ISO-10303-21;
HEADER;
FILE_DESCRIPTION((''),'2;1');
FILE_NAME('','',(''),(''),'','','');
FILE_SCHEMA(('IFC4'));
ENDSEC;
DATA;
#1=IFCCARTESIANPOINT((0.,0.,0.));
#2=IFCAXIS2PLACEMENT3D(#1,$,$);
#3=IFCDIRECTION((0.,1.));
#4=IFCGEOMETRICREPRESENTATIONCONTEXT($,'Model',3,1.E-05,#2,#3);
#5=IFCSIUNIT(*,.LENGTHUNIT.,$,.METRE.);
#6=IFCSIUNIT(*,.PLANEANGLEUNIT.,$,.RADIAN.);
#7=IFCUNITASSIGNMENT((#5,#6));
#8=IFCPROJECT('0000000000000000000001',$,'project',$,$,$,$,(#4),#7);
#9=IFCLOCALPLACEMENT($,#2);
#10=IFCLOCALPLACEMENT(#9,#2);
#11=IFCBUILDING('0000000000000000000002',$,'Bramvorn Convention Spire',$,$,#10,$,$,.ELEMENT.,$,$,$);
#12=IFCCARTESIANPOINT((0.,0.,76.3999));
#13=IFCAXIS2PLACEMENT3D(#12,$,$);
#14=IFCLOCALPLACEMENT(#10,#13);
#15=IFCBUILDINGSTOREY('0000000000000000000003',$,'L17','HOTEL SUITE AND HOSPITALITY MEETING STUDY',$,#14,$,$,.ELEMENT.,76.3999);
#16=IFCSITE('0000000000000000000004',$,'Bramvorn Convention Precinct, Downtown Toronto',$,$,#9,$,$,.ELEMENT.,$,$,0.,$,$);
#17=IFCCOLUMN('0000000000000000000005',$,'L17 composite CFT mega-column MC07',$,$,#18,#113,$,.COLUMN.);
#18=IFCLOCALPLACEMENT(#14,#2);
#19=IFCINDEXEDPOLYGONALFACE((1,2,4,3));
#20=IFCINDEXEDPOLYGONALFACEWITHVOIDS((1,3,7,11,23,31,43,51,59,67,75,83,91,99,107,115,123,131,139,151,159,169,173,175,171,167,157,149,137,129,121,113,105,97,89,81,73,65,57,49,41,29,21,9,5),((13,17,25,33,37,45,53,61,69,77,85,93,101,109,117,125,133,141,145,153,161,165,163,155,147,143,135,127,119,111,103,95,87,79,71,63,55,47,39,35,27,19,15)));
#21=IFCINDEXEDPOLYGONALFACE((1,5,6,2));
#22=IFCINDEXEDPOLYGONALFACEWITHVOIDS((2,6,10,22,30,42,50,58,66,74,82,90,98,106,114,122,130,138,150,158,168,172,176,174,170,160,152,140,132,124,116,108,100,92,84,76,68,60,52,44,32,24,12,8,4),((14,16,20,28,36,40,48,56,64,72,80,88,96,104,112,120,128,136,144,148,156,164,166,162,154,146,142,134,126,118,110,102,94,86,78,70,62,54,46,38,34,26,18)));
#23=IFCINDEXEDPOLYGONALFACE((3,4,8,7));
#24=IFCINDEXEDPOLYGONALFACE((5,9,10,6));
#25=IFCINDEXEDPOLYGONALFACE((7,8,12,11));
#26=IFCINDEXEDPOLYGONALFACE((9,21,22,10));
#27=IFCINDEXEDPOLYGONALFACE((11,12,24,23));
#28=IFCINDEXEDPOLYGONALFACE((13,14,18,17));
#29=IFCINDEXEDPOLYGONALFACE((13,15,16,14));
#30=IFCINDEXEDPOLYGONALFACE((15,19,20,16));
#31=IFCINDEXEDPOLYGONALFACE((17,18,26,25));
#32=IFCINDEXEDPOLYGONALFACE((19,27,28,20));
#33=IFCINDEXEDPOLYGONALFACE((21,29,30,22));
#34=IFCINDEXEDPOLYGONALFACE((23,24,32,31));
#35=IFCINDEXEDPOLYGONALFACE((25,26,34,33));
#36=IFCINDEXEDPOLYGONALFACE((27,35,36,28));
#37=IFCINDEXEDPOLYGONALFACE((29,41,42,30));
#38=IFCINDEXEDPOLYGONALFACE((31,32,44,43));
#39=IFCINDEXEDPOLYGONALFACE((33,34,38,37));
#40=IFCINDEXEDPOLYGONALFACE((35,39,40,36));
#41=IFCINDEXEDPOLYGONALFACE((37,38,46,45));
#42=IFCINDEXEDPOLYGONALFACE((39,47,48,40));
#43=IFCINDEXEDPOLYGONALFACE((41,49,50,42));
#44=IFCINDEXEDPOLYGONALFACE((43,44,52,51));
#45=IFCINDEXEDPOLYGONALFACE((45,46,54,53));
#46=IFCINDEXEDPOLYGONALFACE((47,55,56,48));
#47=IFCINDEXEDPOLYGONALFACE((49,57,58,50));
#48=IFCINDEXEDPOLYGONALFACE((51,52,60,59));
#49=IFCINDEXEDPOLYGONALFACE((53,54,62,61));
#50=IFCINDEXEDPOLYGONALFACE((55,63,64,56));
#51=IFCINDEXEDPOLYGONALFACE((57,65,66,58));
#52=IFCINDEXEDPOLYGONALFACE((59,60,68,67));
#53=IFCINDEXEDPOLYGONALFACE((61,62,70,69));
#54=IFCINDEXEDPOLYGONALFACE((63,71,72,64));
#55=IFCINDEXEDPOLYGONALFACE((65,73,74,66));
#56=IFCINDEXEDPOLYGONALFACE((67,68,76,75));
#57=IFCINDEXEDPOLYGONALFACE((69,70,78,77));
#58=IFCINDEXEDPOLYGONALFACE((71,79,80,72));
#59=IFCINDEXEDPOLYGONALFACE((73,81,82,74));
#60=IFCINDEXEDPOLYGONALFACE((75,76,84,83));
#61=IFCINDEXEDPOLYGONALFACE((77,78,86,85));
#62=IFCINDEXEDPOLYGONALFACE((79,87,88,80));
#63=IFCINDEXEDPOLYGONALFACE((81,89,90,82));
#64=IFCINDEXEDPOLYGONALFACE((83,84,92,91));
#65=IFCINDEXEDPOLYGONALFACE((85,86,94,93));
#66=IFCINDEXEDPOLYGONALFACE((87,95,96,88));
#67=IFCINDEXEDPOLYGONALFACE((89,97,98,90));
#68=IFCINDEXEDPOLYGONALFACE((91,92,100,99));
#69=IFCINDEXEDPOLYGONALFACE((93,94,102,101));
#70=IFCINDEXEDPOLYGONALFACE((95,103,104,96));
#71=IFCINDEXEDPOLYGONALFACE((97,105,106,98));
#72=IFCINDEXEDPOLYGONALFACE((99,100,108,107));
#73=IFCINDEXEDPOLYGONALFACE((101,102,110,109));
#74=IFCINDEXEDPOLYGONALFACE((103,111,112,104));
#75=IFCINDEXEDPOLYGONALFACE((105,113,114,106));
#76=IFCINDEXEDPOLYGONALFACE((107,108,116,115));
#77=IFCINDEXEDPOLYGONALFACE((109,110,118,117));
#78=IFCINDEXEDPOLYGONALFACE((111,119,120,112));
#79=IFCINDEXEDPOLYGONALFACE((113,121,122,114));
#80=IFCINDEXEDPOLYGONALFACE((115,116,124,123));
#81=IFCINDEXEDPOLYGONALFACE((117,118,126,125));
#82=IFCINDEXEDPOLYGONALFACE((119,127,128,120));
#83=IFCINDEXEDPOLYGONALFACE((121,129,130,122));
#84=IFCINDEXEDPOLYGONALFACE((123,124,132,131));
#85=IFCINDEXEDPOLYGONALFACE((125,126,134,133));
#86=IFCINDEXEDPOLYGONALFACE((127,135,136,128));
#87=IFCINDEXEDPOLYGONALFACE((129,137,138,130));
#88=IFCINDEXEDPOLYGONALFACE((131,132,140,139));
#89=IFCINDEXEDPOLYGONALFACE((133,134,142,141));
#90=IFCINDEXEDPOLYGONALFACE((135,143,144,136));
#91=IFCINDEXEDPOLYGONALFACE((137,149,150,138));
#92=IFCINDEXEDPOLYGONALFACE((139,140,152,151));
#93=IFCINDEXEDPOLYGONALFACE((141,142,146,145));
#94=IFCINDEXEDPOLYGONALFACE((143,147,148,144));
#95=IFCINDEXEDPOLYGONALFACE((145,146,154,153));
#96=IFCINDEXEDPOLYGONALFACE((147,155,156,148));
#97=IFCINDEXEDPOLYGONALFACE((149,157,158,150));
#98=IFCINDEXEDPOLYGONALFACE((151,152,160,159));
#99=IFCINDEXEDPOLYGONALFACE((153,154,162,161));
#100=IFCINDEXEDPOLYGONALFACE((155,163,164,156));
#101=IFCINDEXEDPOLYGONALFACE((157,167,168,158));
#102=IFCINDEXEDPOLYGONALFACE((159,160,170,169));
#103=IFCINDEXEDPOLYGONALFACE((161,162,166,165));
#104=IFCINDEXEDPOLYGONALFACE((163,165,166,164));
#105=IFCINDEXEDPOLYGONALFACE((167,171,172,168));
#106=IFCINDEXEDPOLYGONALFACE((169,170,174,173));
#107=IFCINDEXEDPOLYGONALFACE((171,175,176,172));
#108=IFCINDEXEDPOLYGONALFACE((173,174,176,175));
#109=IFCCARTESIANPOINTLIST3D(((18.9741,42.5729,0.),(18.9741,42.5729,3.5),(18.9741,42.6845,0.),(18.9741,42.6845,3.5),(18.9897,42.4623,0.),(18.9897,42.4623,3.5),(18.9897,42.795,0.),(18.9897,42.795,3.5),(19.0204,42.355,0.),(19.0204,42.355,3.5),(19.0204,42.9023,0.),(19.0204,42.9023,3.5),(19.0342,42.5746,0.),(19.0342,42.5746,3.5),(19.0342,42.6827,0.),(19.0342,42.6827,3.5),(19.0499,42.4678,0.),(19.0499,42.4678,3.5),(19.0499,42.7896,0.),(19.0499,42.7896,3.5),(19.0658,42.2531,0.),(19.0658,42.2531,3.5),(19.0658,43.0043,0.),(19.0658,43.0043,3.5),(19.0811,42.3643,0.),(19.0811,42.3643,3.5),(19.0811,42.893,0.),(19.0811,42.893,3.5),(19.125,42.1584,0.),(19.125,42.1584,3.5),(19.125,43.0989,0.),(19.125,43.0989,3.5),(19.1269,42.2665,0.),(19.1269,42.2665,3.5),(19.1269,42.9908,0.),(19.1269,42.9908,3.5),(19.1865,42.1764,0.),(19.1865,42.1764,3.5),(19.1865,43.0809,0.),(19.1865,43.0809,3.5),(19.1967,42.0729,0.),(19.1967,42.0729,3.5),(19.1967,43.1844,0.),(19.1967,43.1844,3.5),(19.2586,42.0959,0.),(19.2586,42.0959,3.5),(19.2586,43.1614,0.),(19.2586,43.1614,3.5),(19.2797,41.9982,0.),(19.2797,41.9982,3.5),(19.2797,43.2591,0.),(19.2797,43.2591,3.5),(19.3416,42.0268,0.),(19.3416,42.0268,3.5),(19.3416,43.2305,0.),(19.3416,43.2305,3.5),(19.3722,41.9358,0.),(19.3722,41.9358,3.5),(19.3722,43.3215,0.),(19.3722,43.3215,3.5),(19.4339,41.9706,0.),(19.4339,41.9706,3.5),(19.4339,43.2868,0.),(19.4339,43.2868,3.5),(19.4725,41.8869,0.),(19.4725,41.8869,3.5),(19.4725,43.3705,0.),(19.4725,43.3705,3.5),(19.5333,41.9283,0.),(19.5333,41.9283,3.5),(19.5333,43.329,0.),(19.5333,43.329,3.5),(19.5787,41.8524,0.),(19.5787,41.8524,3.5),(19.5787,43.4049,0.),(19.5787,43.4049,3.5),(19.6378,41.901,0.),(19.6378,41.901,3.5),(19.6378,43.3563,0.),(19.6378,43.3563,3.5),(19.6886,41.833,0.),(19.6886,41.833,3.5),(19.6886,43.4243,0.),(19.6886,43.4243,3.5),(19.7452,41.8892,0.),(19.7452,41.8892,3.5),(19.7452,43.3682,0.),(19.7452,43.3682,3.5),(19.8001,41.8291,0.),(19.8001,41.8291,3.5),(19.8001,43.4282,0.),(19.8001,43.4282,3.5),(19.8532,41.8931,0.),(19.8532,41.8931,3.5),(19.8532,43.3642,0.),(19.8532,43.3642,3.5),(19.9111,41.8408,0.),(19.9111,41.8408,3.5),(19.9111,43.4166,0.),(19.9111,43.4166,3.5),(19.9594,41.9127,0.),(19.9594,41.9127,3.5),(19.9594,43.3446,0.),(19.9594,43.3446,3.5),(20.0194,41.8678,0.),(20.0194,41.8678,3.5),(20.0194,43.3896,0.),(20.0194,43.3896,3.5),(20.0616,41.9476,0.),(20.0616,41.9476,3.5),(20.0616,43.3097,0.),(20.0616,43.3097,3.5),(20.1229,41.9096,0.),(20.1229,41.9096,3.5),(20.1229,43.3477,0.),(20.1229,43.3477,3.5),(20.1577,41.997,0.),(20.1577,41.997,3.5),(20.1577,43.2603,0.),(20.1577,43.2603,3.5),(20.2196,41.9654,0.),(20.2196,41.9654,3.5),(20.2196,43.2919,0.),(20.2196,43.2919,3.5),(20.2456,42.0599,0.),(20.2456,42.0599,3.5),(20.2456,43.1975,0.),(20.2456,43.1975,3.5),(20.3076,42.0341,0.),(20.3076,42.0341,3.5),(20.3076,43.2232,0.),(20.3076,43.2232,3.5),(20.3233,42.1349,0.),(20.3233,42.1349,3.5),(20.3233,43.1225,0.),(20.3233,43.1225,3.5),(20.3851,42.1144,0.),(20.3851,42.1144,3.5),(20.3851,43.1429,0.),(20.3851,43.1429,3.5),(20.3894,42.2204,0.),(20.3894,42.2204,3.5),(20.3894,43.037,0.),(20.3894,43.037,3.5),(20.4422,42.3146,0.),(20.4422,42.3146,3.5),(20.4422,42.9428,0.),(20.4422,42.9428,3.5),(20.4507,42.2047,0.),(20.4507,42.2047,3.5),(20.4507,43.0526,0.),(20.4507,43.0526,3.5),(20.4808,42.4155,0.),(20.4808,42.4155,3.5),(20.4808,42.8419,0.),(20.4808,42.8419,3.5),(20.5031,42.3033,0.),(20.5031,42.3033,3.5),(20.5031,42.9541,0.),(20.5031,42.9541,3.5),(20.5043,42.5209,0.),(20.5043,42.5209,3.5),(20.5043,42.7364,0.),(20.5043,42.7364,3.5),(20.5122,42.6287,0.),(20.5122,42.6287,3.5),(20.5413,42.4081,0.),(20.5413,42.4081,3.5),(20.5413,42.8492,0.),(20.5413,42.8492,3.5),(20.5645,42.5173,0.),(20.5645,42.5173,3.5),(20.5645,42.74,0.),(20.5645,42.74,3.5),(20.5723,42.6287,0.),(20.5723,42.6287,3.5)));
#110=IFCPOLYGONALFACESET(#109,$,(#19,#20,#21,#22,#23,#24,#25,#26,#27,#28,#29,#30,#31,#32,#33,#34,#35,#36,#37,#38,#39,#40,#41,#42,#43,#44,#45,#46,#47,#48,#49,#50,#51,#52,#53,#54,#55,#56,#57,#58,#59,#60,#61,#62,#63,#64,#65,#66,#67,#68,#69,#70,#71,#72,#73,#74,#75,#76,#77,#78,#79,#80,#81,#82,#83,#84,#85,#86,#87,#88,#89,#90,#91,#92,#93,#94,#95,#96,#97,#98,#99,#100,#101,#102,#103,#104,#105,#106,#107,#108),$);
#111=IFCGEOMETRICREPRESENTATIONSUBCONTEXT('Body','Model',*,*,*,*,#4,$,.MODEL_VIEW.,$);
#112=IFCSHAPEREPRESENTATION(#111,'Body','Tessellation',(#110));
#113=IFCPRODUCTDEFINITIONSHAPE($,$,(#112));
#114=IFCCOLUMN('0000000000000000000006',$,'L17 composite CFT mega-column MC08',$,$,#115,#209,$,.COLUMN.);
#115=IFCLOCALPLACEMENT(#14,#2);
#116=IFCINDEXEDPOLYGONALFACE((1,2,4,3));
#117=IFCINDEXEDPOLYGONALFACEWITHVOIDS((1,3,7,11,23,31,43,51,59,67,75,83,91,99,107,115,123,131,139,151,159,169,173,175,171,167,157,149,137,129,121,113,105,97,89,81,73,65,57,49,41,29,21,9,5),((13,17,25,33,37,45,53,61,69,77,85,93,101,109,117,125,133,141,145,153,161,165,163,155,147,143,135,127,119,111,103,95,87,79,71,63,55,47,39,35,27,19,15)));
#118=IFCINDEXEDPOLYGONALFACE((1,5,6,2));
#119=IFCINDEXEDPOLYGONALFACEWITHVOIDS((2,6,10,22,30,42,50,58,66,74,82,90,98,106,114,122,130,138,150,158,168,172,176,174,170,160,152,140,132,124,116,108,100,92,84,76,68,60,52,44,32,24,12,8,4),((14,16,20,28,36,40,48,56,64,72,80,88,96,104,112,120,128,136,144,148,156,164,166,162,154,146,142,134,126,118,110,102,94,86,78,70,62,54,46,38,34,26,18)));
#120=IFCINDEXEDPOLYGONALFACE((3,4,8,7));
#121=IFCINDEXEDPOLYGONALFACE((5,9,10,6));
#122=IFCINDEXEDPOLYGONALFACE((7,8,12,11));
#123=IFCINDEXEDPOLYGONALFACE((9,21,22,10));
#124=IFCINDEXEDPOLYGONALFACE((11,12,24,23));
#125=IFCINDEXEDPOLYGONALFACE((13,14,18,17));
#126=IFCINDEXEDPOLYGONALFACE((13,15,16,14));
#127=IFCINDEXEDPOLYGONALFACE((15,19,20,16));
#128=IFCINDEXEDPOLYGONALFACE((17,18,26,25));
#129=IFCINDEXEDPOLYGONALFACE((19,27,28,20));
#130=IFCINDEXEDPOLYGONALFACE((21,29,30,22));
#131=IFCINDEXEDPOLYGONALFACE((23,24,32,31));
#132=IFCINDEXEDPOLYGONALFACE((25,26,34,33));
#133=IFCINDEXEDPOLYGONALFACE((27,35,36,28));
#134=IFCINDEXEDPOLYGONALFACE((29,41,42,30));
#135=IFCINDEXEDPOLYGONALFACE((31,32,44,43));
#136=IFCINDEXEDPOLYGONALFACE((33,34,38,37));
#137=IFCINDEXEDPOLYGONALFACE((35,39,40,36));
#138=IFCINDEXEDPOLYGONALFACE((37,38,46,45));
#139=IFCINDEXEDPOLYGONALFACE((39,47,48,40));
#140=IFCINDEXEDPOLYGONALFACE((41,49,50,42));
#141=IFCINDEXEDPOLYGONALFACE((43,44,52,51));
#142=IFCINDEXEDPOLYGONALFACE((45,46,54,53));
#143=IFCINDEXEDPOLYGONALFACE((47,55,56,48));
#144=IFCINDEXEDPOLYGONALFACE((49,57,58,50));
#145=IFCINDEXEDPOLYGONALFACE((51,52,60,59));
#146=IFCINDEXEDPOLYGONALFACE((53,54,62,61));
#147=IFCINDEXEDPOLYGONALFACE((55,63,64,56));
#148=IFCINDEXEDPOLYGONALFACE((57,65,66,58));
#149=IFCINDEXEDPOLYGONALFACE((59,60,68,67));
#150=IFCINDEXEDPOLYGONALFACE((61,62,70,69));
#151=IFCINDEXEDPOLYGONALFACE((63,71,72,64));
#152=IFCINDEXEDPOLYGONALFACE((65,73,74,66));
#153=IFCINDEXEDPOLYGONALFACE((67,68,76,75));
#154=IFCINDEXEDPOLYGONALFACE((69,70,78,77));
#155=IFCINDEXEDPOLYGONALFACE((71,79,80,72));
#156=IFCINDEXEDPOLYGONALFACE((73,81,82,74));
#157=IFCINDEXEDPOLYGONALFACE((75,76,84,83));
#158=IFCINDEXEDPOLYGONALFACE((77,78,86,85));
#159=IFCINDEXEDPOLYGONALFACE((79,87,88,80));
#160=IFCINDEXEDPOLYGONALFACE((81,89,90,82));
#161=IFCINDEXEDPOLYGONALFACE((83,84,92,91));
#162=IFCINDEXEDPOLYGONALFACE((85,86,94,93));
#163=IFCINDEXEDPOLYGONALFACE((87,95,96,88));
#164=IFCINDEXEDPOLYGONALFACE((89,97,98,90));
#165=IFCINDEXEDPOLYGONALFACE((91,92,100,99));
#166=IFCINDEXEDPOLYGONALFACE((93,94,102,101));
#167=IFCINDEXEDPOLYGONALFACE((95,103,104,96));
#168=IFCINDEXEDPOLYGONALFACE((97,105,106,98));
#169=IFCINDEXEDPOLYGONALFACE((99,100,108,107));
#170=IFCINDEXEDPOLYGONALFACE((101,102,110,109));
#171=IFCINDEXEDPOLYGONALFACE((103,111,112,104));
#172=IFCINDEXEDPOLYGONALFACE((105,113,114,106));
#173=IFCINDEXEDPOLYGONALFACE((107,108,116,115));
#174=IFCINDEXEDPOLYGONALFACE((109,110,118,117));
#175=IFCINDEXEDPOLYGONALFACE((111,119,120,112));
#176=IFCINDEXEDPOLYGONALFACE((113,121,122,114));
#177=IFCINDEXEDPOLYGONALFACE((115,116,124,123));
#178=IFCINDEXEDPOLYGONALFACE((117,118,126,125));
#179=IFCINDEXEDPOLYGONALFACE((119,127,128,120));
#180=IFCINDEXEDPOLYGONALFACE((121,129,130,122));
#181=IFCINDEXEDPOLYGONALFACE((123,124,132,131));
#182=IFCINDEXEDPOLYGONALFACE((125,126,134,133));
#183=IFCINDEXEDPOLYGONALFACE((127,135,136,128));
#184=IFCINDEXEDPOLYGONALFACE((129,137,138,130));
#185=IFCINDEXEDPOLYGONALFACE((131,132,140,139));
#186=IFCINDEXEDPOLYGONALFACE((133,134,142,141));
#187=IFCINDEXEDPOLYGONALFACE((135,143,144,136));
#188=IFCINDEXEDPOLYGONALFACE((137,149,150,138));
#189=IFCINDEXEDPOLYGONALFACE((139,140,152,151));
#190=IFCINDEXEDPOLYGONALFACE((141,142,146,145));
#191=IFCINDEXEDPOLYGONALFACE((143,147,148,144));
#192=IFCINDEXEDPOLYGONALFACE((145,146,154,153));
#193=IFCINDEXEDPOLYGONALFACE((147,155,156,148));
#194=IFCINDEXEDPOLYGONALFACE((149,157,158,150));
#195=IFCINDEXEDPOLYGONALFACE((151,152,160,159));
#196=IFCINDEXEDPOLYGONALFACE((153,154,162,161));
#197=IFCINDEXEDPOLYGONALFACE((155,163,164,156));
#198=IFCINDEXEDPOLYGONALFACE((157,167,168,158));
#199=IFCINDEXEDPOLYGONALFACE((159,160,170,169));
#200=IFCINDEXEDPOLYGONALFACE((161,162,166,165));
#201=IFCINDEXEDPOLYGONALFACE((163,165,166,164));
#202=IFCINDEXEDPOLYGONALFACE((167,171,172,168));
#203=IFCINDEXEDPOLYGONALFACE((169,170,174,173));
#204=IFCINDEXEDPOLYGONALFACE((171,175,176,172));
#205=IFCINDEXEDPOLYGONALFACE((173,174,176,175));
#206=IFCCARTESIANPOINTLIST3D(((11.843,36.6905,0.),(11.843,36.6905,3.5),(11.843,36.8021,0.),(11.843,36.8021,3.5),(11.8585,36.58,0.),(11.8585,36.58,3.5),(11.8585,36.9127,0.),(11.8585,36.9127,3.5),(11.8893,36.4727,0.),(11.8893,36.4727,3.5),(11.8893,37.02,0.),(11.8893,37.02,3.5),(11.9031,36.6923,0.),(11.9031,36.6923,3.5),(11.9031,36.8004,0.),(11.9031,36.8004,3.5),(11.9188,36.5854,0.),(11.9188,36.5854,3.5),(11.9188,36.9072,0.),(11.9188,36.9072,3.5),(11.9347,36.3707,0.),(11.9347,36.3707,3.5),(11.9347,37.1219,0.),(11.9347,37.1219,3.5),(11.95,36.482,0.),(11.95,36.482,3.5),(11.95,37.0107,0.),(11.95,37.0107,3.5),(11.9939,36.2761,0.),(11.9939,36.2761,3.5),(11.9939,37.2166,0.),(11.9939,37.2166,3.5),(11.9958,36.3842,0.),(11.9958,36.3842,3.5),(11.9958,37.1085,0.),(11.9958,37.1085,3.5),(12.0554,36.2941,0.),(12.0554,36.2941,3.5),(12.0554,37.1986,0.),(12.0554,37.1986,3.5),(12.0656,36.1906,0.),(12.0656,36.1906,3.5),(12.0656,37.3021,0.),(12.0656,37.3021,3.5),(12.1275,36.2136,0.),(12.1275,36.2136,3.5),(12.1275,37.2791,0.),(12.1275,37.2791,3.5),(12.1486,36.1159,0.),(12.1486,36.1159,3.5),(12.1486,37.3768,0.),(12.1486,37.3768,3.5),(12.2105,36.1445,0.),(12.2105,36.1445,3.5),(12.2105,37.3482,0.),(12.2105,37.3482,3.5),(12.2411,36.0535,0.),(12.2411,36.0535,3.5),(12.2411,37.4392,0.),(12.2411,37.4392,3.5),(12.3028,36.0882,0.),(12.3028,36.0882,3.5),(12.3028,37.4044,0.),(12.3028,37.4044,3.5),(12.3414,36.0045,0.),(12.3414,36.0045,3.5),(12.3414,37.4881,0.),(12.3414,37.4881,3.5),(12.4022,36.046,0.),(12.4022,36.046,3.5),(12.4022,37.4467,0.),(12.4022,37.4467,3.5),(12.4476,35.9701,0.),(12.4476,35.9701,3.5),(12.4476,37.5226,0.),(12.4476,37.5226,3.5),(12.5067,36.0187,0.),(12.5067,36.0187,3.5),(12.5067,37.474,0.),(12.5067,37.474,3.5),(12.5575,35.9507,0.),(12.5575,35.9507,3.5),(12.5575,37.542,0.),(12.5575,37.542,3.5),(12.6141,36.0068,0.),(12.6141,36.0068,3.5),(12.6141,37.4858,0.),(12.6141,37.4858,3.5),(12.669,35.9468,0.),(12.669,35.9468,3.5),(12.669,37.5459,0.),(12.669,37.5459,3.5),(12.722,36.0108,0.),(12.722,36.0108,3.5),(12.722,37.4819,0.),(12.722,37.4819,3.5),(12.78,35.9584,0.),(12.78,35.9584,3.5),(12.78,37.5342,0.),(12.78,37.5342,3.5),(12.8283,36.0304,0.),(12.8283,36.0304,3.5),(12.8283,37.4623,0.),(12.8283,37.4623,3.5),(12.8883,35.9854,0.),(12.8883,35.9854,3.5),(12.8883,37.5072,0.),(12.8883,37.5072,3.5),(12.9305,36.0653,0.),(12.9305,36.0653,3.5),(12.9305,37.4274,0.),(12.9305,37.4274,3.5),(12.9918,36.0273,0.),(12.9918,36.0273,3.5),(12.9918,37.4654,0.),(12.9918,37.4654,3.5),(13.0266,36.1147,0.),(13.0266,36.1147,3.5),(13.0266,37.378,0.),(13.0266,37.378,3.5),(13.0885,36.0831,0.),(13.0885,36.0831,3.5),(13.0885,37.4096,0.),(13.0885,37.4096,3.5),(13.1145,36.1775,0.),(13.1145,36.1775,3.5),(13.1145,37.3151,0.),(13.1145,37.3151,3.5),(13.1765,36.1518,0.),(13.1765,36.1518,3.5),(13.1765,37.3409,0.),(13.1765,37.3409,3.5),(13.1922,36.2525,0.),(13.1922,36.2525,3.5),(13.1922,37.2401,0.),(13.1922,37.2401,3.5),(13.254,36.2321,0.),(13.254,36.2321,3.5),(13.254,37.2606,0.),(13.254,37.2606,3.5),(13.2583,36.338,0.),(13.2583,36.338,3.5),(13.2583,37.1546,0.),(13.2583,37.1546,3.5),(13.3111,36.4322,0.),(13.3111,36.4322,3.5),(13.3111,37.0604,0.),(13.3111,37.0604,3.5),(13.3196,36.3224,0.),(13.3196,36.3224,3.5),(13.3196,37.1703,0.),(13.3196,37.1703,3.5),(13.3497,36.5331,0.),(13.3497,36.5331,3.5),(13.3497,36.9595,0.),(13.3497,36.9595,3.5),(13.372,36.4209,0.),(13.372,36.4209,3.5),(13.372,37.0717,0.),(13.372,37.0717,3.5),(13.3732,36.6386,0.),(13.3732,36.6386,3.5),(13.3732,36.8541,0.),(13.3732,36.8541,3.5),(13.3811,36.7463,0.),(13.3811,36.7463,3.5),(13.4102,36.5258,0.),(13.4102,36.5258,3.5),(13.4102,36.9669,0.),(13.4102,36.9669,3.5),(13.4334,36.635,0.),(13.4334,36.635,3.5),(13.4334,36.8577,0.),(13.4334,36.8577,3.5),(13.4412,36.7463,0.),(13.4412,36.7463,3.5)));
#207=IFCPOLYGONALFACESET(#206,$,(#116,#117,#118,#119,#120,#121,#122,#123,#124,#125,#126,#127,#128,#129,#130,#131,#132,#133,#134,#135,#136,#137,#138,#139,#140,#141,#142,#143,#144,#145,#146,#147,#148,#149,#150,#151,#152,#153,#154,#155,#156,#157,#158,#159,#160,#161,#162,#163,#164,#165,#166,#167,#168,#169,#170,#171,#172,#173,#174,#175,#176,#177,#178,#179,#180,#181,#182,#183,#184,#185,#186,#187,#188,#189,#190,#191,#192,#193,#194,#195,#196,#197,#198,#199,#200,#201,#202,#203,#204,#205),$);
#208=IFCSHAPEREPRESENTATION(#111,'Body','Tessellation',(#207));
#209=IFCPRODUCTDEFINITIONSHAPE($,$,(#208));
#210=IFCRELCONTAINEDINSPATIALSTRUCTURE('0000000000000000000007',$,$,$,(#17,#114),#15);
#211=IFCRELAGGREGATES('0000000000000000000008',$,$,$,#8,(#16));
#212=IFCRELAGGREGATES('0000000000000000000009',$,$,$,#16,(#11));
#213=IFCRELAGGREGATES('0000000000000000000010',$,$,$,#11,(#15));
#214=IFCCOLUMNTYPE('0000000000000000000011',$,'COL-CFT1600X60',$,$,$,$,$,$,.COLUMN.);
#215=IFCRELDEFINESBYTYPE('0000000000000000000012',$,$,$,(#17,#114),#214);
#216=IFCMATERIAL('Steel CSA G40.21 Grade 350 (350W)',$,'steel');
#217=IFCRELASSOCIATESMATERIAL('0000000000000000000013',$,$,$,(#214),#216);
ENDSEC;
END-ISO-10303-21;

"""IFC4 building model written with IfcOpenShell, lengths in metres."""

from ifc_helpers import new_model, si_unit, direction, frame, origin, origin_2d, place, context, subcontext, project, spatial, hollow_circle, extrude, material, material_profile, profile_set, type_object, element, save


model = new_model("IFC4")

# Units and contexts
model_context = context("Model", 3, precision=1e-05, world=origin(), true_north=direction((0.0, 1.0)))
body_context = subcontext(model_context, "Body", "Model", "MODEL_VIEW")
ifc_project = project(units=[si_unit("LENGTHUNIT", "METRE"), si_unit("PLANEANGLEUNIT", "RADIAN")], contexts=[model_context])

# Site, building, storey
site_placement = place(None, origin())
site = spatial("IfcSite", under=ifc_project, at=site_placement, Name="Bramvorn Convention Precinct, Downtown Toronto", CompositionType="ELEMENT", RefElevation=0.0)
building_placement = place(site_placement, origin())
building = spatial("IfcBuilding", under=site, at=building_placement, Name="Bramvorn Convention Spire", CompositionType="ELEMENT")
storey_placement = place(building_placement, frame((0.0, 0.0, 76.3999)))
storey = spatial("IfcBuildingStorey", under=building, at=storey_placement, Name="L17", Description="HOTEL SUITE AND HOSPITALITY MEETING STUDY", CompositionType="ELEMENT", Elevation=76.3999)

# Columns
ifc_material_1 = material(Name="Steel CSA G40.21 Grade 350 (350W)", Category="steel")
ifc_material_profile_1 = material_profile(ifc_material_1, hollow_circle(Radius=0.8, WallThickness=0.0601, at=origin_2d()))
ifc_profile_set_1 = profile_set([ifc_material_profile_1], Name="Steel CSA G40.21 Grade 350 (350W) - CFT1600X60")
column_type = type_object("IfcColumnType", Name="COL-CFT1600X60", PredefinedType="COLUMN", material=ifc_profile_set_1)
for number, where, z_axis, x_axis, name in (
    (1, (19.7722, 42.6287, 0.0), (0.0, 0.0, 1.0), (1.0, 0.0, 0.0), "L17 composite CFT mega-column MC07"),
    (2, (12.6411, 36.7463, 0.0), (0.0, 0.0, 1.0), (1.0, 0.0, 0.0), "L17 composite CFT mega-column MC08"),
):
    element("IfcColumn", number, at=place(storey_placement, frame(where, z_axis=z_axis, x_axis=x_axis)), inside=storey, type_object=column_type, Name=name, PredefinedType="COLUMN", context=body_context, shape_type="SweptSolid", body=[
        extrude(hollow_circle(Radius=0.8, WallThickness=0.0601, at=origin_2d()), origin(), (0.0, 0.0, 1.0), 3.5),
    ])

save(model, "model.ifc")
